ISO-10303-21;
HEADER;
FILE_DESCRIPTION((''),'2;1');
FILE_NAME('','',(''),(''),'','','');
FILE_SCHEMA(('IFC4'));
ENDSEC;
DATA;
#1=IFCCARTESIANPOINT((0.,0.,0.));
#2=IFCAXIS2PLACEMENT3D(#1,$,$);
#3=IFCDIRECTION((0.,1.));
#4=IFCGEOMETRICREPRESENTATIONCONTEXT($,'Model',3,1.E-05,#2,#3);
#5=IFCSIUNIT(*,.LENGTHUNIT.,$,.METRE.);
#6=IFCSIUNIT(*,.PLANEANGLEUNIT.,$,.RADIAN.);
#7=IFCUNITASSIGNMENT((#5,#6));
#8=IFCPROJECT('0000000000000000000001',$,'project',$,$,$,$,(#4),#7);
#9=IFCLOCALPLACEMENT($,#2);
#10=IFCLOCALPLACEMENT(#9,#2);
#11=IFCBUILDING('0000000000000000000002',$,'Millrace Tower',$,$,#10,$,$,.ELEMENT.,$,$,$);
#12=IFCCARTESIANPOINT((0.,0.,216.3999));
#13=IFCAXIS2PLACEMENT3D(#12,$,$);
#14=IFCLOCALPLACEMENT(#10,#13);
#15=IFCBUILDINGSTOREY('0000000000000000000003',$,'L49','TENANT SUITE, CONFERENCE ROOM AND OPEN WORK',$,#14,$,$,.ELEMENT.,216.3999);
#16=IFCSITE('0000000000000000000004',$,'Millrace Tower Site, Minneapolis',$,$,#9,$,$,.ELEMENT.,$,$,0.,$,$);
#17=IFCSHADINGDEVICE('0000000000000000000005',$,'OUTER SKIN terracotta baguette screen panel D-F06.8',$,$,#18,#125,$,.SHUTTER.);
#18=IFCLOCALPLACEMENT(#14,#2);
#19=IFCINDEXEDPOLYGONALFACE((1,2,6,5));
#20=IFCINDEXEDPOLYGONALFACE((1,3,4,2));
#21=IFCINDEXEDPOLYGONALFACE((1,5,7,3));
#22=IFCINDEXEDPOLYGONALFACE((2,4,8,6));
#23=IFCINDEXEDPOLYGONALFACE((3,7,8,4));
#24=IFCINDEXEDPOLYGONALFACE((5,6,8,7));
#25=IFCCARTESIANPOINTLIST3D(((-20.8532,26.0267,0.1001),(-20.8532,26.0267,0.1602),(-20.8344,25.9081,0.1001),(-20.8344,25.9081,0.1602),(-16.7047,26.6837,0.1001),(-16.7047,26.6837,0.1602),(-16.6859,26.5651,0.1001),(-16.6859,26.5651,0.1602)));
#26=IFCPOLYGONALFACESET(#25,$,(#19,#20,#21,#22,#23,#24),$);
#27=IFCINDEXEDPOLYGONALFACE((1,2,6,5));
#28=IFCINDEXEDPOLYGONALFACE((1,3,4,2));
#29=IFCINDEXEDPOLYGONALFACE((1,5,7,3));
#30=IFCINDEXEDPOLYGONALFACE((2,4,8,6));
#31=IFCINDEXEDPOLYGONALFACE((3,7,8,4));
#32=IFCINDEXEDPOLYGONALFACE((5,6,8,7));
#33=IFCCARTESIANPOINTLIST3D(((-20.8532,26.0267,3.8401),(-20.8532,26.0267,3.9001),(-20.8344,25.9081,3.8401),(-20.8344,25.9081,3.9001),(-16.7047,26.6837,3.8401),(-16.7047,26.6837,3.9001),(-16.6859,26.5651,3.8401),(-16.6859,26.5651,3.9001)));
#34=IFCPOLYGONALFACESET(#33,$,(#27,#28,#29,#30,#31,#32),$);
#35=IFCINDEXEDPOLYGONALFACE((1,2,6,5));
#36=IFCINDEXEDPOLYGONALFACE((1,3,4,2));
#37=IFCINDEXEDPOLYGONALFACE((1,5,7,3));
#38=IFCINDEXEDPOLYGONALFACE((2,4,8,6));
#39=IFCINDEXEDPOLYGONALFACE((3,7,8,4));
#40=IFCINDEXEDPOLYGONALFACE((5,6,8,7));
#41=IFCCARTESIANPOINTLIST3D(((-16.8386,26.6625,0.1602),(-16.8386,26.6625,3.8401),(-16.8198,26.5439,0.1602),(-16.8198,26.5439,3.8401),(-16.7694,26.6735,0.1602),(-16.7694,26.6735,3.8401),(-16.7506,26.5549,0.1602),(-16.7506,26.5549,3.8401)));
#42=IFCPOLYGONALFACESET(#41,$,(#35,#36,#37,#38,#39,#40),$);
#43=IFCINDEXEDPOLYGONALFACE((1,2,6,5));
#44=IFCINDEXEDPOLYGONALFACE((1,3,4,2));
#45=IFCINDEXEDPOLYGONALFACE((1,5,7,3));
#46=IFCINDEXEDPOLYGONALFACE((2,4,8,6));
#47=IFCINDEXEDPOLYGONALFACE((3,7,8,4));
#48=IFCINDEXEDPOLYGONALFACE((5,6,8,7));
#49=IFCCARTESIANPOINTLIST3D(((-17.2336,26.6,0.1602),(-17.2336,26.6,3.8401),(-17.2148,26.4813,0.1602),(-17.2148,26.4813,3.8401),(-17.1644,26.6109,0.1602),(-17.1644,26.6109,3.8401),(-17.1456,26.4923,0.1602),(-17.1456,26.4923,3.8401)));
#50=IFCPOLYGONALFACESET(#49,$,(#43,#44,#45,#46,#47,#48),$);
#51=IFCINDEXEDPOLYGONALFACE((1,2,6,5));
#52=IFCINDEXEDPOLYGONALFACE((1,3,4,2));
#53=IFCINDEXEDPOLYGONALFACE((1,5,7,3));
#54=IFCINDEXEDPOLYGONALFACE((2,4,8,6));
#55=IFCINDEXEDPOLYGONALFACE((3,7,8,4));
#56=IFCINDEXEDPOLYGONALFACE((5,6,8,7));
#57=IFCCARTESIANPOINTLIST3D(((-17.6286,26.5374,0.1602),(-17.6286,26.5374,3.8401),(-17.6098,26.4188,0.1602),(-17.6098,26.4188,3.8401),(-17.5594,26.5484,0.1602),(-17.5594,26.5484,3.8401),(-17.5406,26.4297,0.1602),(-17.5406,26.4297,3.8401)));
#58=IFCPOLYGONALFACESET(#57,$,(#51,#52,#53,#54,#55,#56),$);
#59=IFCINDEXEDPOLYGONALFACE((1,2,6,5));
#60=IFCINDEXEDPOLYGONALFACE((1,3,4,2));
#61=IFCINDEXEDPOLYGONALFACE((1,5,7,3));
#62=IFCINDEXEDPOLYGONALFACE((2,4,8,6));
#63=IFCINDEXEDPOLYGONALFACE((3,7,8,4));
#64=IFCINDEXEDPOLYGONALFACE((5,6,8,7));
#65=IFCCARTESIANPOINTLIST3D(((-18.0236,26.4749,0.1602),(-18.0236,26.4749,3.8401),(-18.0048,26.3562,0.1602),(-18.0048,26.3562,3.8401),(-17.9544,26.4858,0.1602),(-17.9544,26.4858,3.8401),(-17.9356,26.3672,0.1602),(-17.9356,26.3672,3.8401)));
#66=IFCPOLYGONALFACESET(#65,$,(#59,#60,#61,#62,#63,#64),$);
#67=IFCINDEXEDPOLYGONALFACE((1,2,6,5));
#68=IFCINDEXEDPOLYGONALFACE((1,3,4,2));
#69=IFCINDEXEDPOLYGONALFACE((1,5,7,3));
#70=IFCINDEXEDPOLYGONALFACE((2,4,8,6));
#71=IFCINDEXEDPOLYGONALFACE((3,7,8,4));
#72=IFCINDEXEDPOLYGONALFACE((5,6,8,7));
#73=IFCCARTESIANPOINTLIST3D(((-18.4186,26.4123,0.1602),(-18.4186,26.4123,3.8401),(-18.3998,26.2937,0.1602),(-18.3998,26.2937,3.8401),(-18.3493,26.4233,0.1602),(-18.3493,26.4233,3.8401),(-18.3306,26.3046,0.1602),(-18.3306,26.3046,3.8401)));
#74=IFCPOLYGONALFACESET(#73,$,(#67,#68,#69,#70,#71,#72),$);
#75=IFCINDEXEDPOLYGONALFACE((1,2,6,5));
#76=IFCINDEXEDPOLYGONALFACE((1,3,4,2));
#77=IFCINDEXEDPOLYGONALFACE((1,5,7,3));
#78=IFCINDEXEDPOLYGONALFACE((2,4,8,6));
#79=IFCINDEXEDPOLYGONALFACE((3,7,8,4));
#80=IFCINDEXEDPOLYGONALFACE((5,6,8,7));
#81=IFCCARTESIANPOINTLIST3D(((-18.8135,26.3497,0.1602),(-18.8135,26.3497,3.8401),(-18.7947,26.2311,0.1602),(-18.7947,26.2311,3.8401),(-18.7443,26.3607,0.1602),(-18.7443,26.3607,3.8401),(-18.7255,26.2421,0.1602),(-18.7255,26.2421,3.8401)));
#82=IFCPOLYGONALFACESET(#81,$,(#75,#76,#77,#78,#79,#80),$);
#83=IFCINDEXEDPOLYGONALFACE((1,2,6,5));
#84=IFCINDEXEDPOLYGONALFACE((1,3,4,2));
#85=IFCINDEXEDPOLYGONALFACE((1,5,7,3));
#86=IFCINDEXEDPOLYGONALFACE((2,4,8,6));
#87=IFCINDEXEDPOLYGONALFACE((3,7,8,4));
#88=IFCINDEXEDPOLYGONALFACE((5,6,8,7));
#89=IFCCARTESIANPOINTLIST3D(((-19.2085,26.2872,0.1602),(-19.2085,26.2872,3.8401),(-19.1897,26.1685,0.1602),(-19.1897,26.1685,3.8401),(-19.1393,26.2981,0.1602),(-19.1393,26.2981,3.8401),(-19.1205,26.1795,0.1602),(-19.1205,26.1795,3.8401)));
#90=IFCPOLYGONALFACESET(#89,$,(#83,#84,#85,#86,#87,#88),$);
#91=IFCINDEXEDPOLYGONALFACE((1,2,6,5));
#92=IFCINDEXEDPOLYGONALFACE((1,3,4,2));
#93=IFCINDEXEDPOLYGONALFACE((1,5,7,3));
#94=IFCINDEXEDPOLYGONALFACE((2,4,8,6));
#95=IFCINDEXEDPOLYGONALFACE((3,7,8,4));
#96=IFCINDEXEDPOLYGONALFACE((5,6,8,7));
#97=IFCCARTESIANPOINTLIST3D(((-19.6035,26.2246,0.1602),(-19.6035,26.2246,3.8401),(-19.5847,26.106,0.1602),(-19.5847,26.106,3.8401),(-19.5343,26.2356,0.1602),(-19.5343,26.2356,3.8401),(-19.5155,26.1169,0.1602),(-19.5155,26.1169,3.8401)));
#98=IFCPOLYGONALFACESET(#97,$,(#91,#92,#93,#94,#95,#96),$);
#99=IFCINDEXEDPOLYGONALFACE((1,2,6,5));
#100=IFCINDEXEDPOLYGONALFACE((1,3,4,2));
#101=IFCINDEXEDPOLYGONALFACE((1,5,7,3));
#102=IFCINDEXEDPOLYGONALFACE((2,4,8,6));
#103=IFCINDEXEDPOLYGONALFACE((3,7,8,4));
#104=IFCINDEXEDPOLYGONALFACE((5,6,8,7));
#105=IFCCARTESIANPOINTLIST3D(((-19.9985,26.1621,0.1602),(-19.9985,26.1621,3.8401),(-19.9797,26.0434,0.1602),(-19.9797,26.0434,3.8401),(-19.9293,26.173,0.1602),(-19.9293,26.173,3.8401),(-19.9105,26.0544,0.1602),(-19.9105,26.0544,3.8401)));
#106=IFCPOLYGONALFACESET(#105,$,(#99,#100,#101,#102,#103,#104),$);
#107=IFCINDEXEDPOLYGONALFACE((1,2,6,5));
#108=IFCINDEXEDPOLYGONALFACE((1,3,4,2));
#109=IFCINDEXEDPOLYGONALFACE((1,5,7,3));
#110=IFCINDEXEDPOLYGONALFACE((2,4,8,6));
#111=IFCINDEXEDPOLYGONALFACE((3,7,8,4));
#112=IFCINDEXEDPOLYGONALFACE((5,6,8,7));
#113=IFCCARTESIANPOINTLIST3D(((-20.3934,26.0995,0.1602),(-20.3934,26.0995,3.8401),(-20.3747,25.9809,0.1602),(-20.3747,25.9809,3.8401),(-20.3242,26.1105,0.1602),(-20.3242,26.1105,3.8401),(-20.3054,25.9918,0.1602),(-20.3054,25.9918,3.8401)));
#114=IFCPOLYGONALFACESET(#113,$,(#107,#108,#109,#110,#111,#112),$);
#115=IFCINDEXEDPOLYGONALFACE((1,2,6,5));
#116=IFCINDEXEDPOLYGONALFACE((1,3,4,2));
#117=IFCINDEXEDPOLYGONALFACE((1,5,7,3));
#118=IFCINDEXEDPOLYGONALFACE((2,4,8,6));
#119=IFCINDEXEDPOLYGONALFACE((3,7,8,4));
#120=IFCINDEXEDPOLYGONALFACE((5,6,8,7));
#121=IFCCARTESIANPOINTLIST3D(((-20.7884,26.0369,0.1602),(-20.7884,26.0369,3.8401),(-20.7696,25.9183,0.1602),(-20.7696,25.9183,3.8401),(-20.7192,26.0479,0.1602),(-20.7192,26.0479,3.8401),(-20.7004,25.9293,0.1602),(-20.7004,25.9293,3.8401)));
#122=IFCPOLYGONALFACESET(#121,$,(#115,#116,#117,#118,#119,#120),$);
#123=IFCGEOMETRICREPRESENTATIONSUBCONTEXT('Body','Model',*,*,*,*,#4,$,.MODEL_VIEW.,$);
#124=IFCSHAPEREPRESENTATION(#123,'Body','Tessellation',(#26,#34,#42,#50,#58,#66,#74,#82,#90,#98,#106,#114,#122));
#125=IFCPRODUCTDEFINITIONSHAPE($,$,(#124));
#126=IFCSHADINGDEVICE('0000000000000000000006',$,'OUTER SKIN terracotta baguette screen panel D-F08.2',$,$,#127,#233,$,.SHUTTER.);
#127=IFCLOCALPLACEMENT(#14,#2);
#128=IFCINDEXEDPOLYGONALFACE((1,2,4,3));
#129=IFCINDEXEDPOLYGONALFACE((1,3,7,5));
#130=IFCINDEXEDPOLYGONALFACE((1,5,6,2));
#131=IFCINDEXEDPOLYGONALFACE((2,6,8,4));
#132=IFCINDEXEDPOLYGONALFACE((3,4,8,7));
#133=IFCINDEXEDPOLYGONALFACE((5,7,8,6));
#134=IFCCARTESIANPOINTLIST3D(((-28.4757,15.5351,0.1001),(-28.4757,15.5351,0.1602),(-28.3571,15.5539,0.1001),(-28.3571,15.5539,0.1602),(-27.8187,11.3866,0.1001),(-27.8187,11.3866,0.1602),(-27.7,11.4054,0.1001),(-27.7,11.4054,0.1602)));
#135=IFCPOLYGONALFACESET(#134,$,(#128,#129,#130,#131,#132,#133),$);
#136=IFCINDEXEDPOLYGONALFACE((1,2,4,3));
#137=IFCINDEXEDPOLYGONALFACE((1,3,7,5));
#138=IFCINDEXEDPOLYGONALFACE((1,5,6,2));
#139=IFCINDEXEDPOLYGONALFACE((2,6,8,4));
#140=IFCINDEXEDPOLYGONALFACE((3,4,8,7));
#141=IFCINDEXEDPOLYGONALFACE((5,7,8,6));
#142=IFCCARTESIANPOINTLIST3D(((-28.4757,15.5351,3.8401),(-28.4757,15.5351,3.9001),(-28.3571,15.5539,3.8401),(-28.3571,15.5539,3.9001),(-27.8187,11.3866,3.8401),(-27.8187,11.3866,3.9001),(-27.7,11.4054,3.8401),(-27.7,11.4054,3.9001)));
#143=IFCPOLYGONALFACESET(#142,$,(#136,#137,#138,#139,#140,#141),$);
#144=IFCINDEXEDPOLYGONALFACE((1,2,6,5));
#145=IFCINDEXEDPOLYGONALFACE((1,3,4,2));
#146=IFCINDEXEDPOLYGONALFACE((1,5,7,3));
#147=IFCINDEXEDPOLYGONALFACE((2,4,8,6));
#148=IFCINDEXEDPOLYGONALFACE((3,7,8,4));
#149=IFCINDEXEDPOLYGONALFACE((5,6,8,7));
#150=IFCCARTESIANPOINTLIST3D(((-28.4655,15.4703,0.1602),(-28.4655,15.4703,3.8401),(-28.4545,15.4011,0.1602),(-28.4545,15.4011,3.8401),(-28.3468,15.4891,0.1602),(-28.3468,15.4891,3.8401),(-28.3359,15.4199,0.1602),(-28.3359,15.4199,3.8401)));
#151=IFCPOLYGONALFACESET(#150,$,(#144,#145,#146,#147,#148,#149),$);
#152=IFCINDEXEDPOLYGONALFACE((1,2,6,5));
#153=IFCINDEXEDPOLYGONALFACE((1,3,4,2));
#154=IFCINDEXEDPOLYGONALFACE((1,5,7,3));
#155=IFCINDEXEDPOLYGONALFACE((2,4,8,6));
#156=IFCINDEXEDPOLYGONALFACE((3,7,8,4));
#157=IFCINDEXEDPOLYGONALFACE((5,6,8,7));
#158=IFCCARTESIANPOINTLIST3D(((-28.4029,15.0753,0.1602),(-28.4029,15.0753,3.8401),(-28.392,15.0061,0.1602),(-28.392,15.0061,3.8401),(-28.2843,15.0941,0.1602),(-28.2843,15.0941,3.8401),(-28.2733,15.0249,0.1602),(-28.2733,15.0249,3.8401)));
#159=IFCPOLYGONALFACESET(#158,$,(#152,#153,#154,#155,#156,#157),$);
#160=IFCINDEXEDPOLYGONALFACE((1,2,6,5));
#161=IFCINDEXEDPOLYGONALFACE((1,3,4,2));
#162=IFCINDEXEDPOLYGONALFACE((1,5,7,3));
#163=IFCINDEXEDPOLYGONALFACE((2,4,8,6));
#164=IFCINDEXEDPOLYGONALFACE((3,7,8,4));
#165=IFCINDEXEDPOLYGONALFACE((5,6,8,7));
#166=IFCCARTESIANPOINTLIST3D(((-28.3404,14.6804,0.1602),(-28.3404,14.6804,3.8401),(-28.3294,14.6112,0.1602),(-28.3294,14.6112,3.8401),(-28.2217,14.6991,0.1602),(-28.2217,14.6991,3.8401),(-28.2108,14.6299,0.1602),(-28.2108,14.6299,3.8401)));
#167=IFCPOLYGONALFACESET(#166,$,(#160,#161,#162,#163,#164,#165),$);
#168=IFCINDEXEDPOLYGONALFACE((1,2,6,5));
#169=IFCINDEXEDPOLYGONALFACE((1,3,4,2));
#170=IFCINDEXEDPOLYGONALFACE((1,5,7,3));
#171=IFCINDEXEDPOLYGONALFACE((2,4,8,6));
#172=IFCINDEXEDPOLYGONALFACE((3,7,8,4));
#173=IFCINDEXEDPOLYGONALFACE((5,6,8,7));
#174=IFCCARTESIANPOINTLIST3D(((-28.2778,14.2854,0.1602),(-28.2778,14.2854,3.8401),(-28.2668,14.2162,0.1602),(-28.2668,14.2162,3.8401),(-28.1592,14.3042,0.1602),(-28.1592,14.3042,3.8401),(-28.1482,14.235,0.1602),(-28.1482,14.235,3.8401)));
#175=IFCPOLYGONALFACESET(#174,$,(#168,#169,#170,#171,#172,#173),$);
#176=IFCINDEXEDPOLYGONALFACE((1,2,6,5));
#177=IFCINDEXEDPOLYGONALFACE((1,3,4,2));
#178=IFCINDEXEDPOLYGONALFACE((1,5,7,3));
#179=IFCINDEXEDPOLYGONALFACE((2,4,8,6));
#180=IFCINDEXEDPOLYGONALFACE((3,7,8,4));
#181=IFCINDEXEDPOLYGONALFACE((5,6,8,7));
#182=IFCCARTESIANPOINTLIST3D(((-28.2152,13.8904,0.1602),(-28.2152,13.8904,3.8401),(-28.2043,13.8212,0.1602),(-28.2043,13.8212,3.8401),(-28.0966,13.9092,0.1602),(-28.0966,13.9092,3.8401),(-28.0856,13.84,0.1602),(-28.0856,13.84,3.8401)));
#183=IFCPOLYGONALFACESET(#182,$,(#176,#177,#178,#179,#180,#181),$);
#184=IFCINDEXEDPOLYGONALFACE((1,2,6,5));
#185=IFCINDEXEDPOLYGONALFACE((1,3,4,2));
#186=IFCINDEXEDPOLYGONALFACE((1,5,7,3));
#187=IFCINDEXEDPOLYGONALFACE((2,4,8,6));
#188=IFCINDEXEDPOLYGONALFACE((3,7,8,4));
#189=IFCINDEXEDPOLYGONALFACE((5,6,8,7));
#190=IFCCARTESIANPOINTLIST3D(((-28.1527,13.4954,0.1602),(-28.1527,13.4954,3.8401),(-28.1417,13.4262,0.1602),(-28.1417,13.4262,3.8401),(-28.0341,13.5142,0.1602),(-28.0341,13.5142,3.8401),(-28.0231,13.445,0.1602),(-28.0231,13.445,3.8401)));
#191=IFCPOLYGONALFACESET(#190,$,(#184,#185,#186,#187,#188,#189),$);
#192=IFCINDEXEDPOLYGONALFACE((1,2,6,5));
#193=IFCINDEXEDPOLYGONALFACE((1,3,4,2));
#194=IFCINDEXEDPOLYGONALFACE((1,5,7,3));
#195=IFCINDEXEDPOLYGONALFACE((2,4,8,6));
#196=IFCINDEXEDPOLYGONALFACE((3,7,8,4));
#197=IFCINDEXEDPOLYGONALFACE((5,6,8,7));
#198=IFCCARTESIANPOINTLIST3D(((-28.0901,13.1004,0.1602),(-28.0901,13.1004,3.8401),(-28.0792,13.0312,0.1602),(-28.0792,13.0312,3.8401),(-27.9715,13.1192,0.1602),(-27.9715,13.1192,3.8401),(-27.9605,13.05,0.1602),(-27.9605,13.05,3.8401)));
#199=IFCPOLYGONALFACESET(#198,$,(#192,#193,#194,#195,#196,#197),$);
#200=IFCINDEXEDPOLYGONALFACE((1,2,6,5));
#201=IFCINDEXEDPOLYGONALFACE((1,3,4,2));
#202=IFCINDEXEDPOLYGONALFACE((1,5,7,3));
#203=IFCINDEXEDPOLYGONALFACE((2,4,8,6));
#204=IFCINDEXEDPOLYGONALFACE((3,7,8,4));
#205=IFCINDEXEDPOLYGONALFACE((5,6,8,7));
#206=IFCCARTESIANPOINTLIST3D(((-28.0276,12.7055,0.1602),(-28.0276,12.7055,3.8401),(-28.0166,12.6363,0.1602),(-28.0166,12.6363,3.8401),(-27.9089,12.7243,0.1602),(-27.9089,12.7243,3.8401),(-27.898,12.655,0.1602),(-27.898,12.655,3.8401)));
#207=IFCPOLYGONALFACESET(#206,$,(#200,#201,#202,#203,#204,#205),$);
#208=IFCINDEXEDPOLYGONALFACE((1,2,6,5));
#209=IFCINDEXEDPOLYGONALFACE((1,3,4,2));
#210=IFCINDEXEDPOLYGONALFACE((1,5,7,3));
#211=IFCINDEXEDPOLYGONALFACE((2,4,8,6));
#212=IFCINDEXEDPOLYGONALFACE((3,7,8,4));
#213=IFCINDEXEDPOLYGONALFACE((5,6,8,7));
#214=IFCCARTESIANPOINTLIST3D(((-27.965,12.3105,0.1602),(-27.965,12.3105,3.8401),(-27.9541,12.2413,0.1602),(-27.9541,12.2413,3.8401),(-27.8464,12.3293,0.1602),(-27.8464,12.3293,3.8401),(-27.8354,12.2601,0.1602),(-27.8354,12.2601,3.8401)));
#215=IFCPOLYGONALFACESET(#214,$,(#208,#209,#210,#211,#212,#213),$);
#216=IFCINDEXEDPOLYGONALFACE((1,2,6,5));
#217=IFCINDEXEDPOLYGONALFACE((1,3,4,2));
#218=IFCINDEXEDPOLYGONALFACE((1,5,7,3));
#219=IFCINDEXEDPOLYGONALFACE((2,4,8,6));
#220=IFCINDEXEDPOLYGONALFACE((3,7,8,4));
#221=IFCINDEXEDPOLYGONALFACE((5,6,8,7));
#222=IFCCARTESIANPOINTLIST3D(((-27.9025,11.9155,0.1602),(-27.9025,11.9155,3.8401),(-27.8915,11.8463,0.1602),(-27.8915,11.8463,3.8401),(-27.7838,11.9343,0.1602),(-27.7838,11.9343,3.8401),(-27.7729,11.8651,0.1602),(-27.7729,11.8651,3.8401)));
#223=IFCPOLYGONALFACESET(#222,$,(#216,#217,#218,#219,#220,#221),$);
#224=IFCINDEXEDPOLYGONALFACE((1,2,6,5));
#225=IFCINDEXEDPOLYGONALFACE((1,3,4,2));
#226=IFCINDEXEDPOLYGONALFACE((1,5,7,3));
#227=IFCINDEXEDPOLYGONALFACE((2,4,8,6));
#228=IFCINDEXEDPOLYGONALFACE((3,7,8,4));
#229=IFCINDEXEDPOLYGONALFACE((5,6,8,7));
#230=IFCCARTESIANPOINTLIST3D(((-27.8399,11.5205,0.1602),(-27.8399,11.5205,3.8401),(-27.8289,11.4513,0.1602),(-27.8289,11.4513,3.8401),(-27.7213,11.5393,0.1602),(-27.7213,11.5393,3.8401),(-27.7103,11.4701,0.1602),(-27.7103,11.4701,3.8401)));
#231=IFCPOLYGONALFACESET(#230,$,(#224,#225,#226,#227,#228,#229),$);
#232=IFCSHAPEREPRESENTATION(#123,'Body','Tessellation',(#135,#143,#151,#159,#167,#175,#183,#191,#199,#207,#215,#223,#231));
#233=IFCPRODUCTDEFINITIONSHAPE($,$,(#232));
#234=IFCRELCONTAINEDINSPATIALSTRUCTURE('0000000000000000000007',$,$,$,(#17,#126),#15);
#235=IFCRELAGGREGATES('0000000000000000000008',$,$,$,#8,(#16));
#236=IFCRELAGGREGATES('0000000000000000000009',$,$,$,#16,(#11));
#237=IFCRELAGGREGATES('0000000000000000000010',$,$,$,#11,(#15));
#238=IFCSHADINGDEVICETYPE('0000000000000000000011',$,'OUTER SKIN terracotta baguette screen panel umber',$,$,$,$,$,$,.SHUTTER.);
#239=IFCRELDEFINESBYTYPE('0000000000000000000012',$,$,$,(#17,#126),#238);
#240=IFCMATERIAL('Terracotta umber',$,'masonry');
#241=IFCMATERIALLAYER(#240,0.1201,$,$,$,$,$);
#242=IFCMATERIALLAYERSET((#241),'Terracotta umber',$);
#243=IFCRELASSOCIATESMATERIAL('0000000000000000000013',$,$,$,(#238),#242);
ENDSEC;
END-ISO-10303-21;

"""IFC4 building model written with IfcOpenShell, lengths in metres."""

from ifc_helpers import new_model, entity, si_unit, direction, frame, frame_2d, origin, origin_2d, place, context, subcontext, project, spatial, rectangle, extrude, source, transform, mapped, material, layer, layer_set, type_object, element, save


model = new_model("IFC4")

# Units and contexts
model_context = context("Model", 3, precision=1e-05, world=origin(), true_north=direction((0.0, 1.0)))
body_context = subcontext(model_context, "Body", "Model", "MODEL_VIEW")
ifc_project = project(units=[si_unit("LENGTHUNIT", "METRE"), si_unit("PLANEANGLEUNIT", "RADIAN")], contexts=[model_context])

# Site, building, storey
site_placement = place(None, origin())
site = spatial("IfcSite", under=ifc_project, at=site_placement, Name="Millrace Tower Site, Minneapolis", CompositionType="ELEMENT", RefElevation=0.0)
building_placement = place(site_placement, origin())
building = spatial("IfcBuilding", under=site, at=building_placement, Name="Millrace Tower", CompositionType="ELEMENT")
storey_placement = place(building_placement, frame((0.0, 0.0, 216.3999)))
storey = spatial("IfcBuildingStorey", under=building, at=storey_placement, Name="L49", Description="TENANT SUITE, CONFERENCE ROOM AND OPEN WORK", CompositionType="ELEMENT", Elevation=216.3999)

# Shading devices
ifc_material_1 = material(Name="Terracotta umber", Category="masonry")
ifc_layer_1 = layer(ifc_material_1, 0.1201)
ifc_layer_set_1 = layer_set([ifc_layer_1], Name="Terracotta umber")
shading_device_type = type_object("IfcShadingDeviceType", Name="OUTER SKIN terracotta baguette screen panel umber", PredefinedType="SHUTTER", material=ifc_layer_set_1)
cartesian_point_1 = entity("IfcCartesianPoint", [-2.1001, 0.0601])
shared_polyline_1 = entity("IfcPolyline", [cartesian_point_1, entity("IfcCartesianPoint", [2.1001, 0.0601]), entity("IfcCartesianPoint", [2.1001, -0.0601]), entity("IfcCartesianPoint", [-2.1001, -0.0601]), cartesian_point_1])
shared_shape_1 = source(origin(), body_context, "Body", "SweptSolid", [
    entity("IfcExtrudedAreaSolid", entity("IfcArbitraryClosedProfileDef", "AREA", None, shared_polyline_1), entity("IfcAxis2Placement3D", entity("IfcCartesianPoint", [0.0, 0.0, 0.0])), entity("IfcDirection", [0.0, 0.0, 1.0]), 0.0601),
    entity("IfcExtrudedAreaSolid", entity("IfcArbitraryClosedProfileDef", "AREA", None, shared_polyline_1), entity("IfcAxis2Placement3D", entity("IfcCartesianPoint", [0.0, 0.0, 3.74])), entity("IfcDirection", [0.0, 0.0, 1.0]), 0.0601),
    extrude(rectangle(XDim=0.0701, YDim=0.1201, at=frame_2d((-1.9995, 0.0))), frame((0.0, 0.0, 0.0601)), (0.0, 0.0, 1.0), 3.6799),
    extrude(rectangle(XDim=0.0701, YDim=0.1201, at=frame_2d((-1.5996, 0.0))), frame((0.0, 0.0, 0.0601)), (0.0, 0.0, 1.0), 3.6799),
    extrude(rectangle(XDim=0.0701, YDim=0.1201, at=frame_2d((-1.1997, 0.0))), frame((0.0, 0.0, 0.0601)), (0.0, 0.0, 1.0), 3.6799),
    extrude(rectangle(XDim=0.0701, YDim=0.1201, at=frame_2d((-0.7998, 0.0))), frame((0.0, 0.0, 0.0601)), (0.0, 0.0, 1.0), 3.6799),
    extrude(rectangle(XDim=0.0701, YDim=0.1201, at=frame_2d((-0.3999, 0.0))), frame((0.0, 0.0, 0.0601)), (0.0, 0.0, 1.0), 3.6799),
    extrude(rectangle(XDim=0.0701, YDim=0.1201, at=origin_2d()), frame((0.0, 0.0, 0.0601)), (0.0, 0.0, 1.0), 3.6799),
    extrude(rectangle(XDim=0.0701, YDim=0.1201, at=frame_2d((0.3999, 0.0))), frame((0.0, 0.0, 0.0601)), (0.0, 0.0, 1.0), 3.6799),
    extrude(rectangle(XDim=0.0701, YDim=0.1201, at=frame_2d((0.7998, 0.0))), frame((0.0, 0.0, 0.0601)), (0.0, 0.0, 1.0), 3.6799),
    extrude(rectangle(XDim=0.0701, YDim=0.1201, at=frame_2d((1.1997, 0.0))), frame((0.0, 0.0, 0.0601)), (0.0, 0.0, 1.0), 3.6799),
    extrude(rectangle(XDim=0.0701, YDim=0.1201, at=frame_2d((1.5996, 0.0))), frame((0.0, 0.0, 0.0601)), (0.0, 0.0, 1.0), 3.6799),
    extrude(rectangle(XDim=0.0701, YDim=0.1201, at=frame_2d((1.9995, 0.0))), frame((0.0, 0.0, 0.0601)), (0.0, 0.0, 1.0), 3.6799),
])
for number, where, z_axis, x_axis, name in (
    (1, (-18.7695, 26.2959, 0.1001), (0.0, 0.0, 1.0), (-0.987688, -0.156434, 0.0), "OUTER SKIN terracotta baguette screen panel D-F06.8"),
    (2, (-28.0879, 13.4702, 0.1001), (0.0, 0.0, 1.0), (0.156434, -0.987688, 0.0), "OUTER SKIN terracotta baguette screen panel D-F08.2"),
):
    element("IfcShadingDevice", number, at=place(storey_placement, frame(where, z_axis=z_axis, x_axis=x_axis)), inside=storey, type_object=shading_device_type, Name=name, PredefinedType="SHUTTER", context=body_context, shape_type="MappedRepresentation", body=[
        mapped(shared_shape_1, transform((0.0, 0.0, 0.0), scale=1.0)),
    ])

save(model, "model.ifc")
